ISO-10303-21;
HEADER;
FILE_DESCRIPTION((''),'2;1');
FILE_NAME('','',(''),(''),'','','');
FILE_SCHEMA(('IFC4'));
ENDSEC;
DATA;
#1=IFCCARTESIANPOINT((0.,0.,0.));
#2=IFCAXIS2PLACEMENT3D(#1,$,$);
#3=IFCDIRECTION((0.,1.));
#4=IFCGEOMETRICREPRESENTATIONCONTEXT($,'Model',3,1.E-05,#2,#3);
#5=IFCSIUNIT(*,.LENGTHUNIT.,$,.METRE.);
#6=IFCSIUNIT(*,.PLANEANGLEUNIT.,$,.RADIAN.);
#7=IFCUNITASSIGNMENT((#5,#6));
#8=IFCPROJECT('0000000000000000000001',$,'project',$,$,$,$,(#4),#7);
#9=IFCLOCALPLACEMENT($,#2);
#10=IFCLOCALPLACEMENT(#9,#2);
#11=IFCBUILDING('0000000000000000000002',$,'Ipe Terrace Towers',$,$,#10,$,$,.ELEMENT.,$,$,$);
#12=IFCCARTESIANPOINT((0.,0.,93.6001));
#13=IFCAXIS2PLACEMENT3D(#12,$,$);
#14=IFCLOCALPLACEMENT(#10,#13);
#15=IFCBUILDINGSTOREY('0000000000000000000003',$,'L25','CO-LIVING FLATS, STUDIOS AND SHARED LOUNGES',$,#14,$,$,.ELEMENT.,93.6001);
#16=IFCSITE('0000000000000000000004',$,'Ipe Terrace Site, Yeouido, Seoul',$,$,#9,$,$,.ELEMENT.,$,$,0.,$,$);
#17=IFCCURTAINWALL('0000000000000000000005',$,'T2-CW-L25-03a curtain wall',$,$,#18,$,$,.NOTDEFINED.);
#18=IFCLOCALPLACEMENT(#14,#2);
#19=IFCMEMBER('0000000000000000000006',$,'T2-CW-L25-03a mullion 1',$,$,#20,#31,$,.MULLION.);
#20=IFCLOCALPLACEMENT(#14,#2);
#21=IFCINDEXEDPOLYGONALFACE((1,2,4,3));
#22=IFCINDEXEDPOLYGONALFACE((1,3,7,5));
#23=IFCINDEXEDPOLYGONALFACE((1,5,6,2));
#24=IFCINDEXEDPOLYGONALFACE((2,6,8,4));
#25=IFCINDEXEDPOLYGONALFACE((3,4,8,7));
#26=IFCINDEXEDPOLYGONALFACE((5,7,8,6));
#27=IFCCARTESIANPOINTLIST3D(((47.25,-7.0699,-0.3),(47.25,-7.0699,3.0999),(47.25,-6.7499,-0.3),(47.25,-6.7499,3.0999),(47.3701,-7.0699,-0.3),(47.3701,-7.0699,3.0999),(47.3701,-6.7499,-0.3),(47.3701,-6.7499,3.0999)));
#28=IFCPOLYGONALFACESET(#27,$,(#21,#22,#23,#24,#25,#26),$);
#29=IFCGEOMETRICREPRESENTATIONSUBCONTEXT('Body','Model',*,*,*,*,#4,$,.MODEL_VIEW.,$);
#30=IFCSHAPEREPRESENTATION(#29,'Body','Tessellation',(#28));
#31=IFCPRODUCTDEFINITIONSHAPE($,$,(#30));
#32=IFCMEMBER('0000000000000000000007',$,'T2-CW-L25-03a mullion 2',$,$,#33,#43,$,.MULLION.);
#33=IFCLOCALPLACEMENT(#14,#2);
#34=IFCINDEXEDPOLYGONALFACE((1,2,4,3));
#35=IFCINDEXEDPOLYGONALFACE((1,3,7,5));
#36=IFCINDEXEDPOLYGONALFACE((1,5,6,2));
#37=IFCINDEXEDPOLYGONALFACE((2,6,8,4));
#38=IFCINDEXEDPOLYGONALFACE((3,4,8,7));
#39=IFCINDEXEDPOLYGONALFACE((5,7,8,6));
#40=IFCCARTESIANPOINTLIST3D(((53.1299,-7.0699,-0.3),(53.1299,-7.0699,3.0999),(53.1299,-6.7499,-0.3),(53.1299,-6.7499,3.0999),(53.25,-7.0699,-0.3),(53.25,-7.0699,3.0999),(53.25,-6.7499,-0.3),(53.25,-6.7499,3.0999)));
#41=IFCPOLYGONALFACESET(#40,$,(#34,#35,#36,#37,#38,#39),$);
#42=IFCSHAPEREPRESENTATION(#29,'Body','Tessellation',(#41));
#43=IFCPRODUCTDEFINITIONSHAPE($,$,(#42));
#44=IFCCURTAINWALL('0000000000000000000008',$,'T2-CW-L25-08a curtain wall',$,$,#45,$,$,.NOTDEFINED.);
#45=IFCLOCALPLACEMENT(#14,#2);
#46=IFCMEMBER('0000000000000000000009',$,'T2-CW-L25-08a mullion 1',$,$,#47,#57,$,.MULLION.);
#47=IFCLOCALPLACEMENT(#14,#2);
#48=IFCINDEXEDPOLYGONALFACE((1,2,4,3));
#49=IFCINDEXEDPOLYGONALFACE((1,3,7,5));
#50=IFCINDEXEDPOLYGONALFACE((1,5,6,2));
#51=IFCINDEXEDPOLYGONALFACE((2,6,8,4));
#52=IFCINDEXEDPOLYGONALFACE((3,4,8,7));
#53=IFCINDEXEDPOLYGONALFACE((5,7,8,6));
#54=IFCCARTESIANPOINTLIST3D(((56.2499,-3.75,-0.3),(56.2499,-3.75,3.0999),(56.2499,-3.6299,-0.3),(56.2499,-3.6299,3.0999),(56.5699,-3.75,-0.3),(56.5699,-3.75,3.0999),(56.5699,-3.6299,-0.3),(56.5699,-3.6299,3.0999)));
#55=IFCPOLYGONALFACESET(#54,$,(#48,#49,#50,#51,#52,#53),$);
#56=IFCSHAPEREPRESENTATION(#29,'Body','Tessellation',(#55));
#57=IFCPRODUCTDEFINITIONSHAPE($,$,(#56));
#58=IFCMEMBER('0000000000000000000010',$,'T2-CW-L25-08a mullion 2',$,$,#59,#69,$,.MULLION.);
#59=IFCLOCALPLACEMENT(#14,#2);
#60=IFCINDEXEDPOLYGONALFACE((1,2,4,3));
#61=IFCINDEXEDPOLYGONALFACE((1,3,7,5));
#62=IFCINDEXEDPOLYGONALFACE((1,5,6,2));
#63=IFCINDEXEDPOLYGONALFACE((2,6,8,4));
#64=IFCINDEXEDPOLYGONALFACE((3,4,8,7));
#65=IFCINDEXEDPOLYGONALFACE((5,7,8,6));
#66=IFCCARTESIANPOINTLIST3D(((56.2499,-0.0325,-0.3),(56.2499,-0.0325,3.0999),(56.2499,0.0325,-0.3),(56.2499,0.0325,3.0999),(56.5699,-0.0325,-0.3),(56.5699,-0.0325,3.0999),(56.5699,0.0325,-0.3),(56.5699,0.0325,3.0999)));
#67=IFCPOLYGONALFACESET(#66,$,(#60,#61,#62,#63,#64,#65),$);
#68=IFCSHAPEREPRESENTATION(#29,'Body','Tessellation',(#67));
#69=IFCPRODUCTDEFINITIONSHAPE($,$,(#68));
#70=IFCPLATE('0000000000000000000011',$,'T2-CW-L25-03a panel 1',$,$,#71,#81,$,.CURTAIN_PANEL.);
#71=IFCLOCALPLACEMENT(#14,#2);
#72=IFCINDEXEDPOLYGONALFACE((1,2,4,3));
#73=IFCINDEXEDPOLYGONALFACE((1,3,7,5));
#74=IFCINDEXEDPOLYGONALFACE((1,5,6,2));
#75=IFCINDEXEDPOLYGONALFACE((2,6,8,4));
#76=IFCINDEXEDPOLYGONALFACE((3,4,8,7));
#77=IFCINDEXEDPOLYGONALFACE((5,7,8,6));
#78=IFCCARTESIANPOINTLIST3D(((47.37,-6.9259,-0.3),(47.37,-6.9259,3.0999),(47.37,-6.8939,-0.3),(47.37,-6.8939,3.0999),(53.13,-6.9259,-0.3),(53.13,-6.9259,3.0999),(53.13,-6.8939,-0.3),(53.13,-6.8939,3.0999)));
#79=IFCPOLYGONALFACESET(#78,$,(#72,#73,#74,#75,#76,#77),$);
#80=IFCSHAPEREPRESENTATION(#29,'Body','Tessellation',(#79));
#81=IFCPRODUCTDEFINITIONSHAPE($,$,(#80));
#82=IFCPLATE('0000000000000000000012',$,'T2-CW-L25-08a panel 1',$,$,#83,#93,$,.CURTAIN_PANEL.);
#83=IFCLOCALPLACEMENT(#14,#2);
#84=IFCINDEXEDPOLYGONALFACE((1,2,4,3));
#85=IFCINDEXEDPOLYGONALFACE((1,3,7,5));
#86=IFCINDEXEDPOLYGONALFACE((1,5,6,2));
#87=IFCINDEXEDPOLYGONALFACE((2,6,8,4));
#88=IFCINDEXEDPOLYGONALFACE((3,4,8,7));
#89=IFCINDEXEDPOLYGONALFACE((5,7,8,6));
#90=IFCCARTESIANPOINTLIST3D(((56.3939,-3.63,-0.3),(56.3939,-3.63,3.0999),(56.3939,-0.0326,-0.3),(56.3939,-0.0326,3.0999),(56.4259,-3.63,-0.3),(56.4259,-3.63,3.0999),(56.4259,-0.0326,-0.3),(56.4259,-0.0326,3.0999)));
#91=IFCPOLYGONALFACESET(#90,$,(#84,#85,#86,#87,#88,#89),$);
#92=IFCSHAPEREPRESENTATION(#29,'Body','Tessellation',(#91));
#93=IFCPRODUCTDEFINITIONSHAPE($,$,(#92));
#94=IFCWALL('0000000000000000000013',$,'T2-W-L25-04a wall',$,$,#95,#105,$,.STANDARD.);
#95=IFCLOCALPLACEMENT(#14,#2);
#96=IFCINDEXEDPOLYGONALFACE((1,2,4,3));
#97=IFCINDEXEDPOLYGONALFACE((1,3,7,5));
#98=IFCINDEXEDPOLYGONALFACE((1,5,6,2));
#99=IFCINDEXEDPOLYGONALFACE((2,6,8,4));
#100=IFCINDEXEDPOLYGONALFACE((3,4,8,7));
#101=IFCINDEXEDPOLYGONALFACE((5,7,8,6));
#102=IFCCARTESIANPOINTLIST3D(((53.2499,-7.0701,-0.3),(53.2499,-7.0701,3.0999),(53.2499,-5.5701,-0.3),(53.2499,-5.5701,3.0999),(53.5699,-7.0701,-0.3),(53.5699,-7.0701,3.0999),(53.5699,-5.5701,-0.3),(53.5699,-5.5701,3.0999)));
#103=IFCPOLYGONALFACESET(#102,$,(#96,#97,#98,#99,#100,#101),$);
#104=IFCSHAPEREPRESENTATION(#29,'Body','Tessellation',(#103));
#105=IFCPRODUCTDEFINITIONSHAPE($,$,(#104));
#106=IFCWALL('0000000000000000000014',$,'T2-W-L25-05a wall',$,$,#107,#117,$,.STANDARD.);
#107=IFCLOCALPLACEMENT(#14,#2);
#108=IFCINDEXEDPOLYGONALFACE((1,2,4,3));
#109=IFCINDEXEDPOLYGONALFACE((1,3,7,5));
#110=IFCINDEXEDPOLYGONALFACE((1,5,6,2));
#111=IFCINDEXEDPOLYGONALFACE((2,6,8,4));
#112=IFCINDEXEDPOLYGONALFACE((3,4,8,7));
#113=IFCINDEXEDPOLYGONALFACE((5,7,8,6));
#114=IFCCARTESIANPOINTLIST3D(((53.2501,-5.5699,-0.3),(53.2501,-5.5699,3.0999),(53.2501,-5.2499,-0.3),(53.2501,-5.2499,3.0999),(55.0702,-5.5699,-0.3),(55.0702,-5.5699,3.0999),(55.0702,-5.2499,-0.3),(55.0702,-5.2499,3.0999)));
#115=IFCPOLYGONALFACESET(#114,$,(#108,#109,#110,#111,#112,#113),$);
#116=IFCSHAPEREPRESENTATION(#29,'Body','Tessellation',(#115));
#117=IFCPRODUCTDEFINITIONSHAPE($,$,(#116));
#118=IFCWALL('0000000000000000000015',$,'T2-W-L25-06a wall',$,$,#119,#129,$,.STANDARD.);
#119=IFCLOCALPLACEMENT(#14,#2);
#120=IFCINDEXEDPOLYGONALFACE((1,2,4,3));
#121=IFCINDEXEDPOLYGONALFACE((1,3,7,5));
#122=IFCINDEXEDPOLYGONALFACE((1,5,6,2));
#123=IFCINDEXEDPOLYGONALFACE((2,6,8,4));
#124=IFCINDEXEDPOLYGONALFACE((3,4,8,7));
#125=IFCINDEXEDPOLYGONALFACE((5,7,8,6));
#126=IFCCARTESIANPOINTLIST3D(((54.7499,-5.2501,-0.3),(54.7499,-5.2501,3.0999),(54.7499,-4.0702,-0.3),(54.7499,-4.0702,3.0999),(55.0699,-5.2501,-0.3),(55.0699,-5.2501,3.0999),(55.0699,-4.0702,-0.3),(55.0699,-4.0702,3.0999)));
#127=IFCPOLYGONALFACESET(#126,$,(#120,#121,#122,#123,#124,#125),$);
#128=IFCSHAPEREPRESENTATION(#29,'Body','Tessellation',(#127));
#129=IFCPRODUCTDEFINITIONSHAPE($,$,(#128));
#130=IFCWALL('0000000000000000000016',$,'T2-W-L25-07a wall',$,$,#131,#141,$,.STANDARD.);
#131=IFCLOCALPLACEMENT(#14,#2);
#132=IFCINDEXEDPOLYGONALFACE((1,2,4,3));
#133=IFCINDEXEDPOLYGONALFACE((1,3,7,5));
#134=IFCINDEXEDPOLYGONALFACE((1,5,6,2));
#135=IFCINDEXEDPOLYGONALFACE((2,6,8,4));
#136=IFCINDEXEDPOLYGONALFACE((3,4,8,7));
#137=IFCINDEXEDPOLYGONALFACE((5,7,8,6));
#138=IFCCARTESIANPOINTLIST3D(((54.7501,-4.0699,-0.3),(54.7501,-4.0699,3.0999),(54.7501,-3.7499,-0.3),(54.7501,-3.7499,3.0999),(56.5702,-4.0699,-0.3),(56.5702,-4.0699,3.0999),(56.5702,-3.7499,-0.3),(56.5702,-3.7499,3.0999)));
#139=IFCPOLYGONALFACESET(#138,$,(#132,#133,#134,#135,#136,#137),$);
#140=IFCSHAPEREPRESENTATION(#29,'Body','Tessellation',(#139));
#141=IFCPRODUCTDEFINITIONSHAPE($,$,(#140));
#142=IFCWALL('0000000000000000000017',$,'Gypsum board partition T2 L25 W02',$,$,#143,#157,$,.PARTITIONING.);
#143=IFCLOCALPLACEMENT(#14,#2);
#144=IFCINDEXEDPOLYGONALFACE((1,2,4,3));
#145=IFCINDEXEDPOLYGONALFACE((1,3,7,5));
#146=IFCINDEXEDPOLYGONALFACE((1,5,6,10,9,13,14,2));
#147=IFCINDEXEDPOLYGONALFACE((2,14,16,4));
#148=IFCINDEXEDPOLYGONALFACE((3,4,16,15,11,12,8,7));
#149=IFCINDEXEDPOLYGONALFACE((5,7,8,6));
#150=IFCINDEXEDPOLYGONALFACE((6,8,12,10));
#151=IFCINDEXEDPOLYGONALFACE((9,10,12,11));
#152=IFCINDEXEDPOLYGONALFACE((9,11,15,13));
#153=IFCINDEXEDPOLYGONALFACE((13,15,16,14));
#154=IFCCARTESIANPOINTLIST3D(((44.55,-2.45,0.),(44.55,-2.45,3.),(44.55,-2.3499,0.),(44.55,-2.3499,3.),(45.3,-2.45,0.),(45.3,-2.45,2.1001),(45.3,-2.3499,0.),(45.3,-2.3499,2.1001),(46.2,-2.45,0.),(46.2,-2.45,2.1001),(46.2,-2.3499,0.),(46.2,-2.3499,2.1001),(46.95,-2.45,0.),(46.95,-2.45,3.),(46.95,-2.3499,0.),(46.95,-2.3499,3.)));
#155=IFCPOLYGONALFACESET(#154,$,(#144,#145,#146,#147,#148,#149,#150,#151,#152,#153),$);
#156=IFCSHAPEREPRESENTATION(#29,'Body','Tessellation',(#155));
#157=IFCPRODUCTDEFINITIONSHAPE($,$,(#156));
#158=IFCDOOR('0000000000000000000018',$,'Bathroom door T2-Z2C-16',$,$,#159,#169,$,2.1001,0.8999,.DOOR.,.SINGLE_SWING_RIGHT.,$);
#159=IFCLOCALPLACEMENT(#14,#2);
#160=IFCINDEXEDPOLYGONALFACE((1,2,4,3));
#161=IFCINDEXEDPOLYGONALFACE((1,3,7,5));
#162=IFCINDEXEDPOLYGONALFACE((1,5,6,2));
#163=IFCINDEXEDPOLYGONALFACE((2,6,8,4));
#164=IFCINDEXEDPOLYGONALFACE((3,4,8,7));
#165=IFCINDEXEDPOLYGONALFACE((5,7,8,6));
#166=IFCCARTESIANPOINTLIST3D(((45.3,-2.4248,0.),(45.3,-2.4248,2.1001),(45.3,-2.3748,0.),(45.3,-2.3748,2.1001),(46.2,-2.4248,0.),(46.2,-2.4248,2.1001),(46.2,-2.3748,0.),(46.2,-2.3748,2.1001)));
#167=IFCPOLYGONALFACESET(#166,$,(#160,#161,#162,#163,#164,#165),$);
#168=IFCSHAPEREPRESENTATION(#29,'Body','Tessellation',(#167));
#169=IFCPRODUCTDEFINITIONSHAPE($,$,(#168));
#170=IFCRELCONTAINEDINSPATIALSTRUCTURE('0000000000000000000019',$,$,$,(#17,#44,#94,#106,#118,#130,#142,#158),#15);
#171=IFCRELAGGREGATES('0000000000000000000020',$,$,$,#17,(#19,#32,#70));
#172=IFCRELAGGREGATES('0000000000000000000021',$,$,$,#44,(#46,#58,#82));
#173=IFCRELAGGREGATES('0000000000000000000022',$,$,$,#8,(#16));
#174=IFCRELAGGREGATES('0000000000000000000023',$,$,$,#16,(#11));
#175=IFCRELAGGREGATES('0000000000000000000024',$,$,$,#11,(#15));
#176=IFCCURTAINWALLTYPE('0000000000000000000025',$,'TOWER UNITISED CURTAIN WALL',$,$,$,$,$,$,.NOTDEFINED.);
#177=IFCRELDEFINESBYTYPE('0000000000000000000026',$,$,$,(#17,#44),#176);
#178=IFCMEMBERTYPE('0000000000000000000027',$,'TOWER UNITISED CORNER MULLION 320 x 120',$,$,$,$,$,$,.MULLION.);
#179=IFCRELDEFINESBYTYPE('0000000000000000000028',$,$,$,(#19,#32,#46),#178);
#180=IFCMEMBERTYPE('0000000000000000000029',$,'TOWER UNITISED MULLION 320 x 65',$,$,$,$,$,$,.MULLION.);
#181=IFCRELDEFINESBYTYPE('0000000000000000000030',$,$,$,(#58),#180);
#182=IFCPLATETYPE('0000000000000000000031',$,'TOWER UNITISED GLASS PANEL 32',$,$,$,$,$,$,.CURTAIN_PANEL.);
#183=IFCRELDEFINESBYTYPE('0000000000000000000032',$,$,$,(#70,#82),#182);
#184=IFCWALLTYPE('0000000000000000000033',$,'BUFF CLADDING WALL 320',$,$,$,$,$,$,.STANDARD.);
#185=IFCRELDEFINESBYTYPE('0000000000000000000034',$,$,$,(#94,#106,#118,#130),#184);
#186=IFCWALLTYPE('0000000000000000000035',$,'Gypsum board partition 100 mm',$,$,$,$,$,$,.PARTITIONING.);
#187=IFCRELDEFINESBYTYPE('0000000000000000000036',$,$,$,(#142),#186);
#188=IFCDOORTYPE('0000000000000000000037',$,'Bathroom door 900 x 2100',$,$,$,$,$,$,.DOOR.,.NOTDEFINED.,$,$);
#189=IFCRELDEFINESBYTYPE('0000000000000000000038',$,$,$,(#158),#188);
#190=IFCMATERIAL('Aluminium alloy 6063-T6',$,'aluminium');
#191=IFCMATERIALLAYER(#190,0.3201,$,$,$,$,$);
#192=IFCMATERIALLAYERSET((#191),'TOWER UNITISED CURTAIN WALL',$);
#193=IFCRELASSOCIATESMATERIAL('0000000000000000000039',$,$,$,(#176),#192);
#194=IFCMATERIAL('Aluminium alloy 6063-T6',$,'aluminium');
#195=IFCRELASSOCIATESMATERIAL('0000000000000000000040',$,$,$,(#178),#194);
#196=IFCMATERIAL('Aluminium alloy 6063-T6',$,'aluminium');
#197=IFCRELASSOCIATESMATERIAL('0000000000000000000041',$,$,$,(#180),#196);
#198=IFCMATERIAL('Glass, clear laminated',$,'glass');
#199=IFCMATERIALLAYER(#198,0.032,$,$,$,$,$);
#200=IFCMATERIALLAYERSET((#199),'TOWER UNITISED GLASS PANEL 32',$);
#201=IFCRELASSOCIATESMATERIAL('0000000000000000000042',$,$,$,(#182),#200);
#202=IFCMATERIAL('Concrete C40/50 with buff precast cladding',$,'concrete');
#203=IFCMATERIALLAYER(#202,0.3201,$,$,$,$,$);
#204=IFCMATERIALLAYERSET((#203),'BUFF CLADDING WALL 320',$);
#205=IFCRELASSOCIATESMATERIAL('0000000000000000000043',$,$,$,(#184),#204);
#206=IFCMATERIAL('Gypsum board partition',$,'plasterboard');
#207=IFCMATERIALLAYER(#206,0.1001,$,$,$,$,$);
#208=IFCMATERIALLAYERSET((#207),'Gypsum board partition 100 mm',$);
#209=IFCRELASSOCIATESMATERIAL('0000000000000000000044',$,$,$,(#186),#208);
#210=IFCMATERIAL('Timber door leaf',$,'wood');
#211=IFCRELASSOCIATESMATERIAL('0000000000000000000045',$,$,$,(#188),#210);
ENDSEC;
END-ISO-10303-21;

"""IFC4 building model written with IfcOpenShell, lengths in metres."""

from ifc_helpers import new_model, si_unit, direction, frame, frame_2d, origin, origin_2d, place, context, subcontext, project, spatial, rectangle, extrude, material, layer, layer_set, material_profile, profile_set, type_object, element, fill, aggregate, save


model = new_model("IFC4")

# Units and contexts
model_context = context("Model", 3, precision=1e-05, world=origin(), true_north=direction((0.0, 1.0)))
body_context = subcontext(model_context, "Body", "Model", "MODEL_VIEW")
ifc_project = project(units=[si_unit("LENGTHUNIT", "METRE"), si_unit("PLANEANGLEUNIT", "RADIAN")], contexts=[model_context])

# Site, building, storey
site_placement = place(None, origin())
site = spatial("IfcSite", under=ifc_project, at=site_placement, Name="Ipe Terrace Site, Yeouido, Seoul", CompositionType="ELEMENT", RefElevation=0.0)
building_placement = place(site_placement, origin())
building = spatial("IfcBuilding", under=site, at=building_placement, Name="Ipe Terrace Towers", CompositionType="ELEMENT")
storey_placement = place(building_placement, frame((0.0, 0.0, 93.6001)))
storey = spatial("IfcBuildingStorey", under=building, at=storey_placement, Name="L25", Description="CO-LIVING FLATS, STUDIOS AND SHARED LOUNGES", CompositionType="ELEMENT", Elevation=93.6001)

# Shared definitions
ifc_material_1 = material(Name="Aluminium alloy 6063-T6", Category="aluminium")
ifc_layer_1 = layer(ifc_material_1, 0.3201)
ifc_layer_set_1 = layer_set([ifc_layer_1], Name="TOWER UNITISED CURTAIN WALL")
curtain_wall_type = type_object("IfcCurtainWallType", Name="TOWER UNITISED CURTAIN WALL", PredefinedType="NOTDEFINED", material=ifc_layer_set_1)
ifc_material_2 = material(Name="Aluminium alloy 6063-T6", Category="aluminium")
ifc_material_profile_1 = material_profile(ifc_material_2, rectangle(XDim=0.3201, YDim=0.1201, at=origin_2d()), Name="TOWER UNITISED CORNER MULLION 320 x 120")
ifc_profile_set_1 = profile_set([ifc_material_profile_1], Name="Aluminium alloy 6063-T6")
member_type_1 = type_object("IfcMemberType", Name="TOWER UNITISED CORNER MULLION 320 x 120", PredefinedType="MULLION", material=ifc_profile_set_1)

# Curtain walls, members
curtain_wall_1_placement = place(storey_placement, origin())
curtain_wall_1 = element("IfcCurtainWall", 1, at=curtain_wall_1_placement, inside=storey, type_object=curtain_wall_type, Name="T2-CW-L25-03a curtain wall", PredefinedType="NOTDEFINED")
member_1_placement = place(storey_placement, frame((47.3101, -6.9099, -0.3), z_axis=(0.0, 0.0, 1.0), x_axis=(0.0, -1.0, 0.0)))
member_1 = element("IfcMember", 2, at=member_1_placement, type_object=member_type_1, Name="T2-CW-L25-03a mullion 1", PredefinedType="MULLION", context=body_context, shape_type="SweptSolid", body=[
    extrude(rectangle(XDim=0.3201, YDim=0.1201, at=origin_2d()), origin(), (0.0, 0.0, 1.0), 3.3999),
])
member_2_placement = place(storey_placement, frame((53.1899, -6.9099, -0.3), z_axis=(0.0, 0.0, 1.0), x_axis=(0.0, -1.0, 0.0)))
member_2 = element("IfcMember", 3, at=member_2_placement, type_object=member_type_1, Name="T2-CW-L25-03a mullion 2", PredefinedType="MULLION", context=body_context, shape_type="SweptSolid", body=[
    extrude(rectangle(XDim=0.3201, YDim=0.1201, at=origin_2d()), origin(), (0.0, 0.0, 1.0), 3.3999),
])
curtain_wall_2_placement = place(storey_placement, origin())
curtain_wall_2 = element("IfcCurtainWall", 4, at=curtain_wall_2_placement, inside=storey, type_object=curtain_wall_type, Name="T2-CW-L25-08a curtain wall", PredefinedType="NOTDEFINED")
member_3_placement = place(storey_placement, frame((56.4099, -3.6899, -0.3), z_axis=(0.0, 0.0, 1.0), x_axis=(1.0, 0.0, 0.0)))
member_3 = element("IfcMember", 5, at=member_3_placement, type_object=member_type_1, Name="T2-CW-L25-08a mullion 1", PredefinedType="MULLION", context=body_context, shape_type="SweptSolid", body=[
    extrude(rectangle(XDim=0.3201, YDim=0.1201, at=origin_2d()), origin(), (0.0, 0.0, 1.0), 3.3999),
])
ifc_material_3 = material(Name="Aluminium alloy 6063-T6", Category="aluminium")
ifc_material_profile_2 = material_profile(ifc_material_3, rectangle(XDim=0.3201, YDim=0.0649, at=origin_2d()), Name="TOWER UNITISED MULLION 320 x 65")
ifc_profile_set_2 = profile_set([ifc_material_profile_2], Name="Aluminium alloy 6063-T6")
member_type_2 = type_object("IfcMemberType", Name="TOWER UNITISED MULLION 320 x 65", PredefinedType="MULLION", material=ifc_profile_set_2)
member_4_placement = place(storey_placement, frame((56.4099, 0.0, -0.3), z_axis=(0.0, 0.0, 1.0), x_axis=(1.0, 0.0, 0.0)))
member_4 = element("IfcMember", 6, at=member_4_placement, type_object=member_type_2, Name="T2-CW-L25-08a mullion 2", PredefinedType="MULLION", context=body_context, shape_type="SweptSolid", body=[
    extrude(rectangle(XDim=0.3201, YDim=0.0649, at=origin_2d()), origin(), (0.0, 0.0, 1.0), 3.3999),
])

# Plates
ifc_material_4 = material(Name="Glass, clear laminated", Category="glass")
ifc_layer_2 = layer(ifc_material_4, 0.032)
ifc_layer_set_2 = layer_set([ifc_layer_2], Name="TOWER UNITISED GLASS PANEL 32")
plate_type = type_object("IfcPlateType", Name="TOWER UNITISED GLASS PANEL 32", PredefinedType="CURTAIN_PANEL", material=ifc_layer_set_2)
plate_1_placement = place(storey_placement, frame((50.25, -6.9099, -0.3), z_axis=(0.0, 0.0, 1.0), x_axis=(1.0, 0.0, 0.0)))
plate_1 = element("IfcPlate", 7, at=plate_1_placement, type_object=plate_type, Name="T2-CW-L25-03a panel 1", PredefinedType="CURTAIN_PANEL", context=body_context, shape_type="SweptSolid", body=[
    extrude(rectangle(XDim=5.76, YDim=0.032, at=origin_2d()), origin(), (0.0, 0.0, 1.0), 3.3999),
])
aggregate(curtain_wall_1, [member_1, member_2, plate_1])
plate_2_placement = place(storey_placement, frame((56.4099, -1.8313, -0.3), z_axis=(0.0, 0.0, 1.0), x_axis=(0.0, 1.0, 0.0)))
plate_2 = element("IfcPlate", 8, at=plate_2_placement, type_object=plate_type, Name="T2-CW-L25-08a panel 1", PredefinedType="CURTAIN_PANEL", context=body_context, shape_type="SweptSolid", body=[
    extrude(rectangle(XDim=3.5974, YDim=0.032, at=origin_2d()), origin(), (0.0, 0.0, 1.0), 3.3999),
])
aggregate(curtain_wall_2, [member_3, member_4, plate_2])

# Walls
ifc_material_5 = material(Name="Concrete C40/50 with buff precast cladding", Category="concrete")
ifc_layer_3 = layer(ifc_material_5, 0.3201)
ifc_layer_set_3 = layer_set([ifc_layer_3], Name="BUFF CLADDING WALL 320")
wall_type_1 = type_object("IfcWallType", Name="BUFF CLADDING WALL 320", PredefinedType="STANDARD", material=ifc_layer_set_3)
wall_1_placement = place(storey_placement, frame((53.4099, -7.0701, -0.3), z_axis=(0.0, 0.0, 1.0), x_axis=(0.0, 1.0, 0.0)))
element("IfcWall", 9, at=wall_1_placement, inside=storey, type_object=wall_type_1, Name="T2-W-L25-04a wall", PredefinedType="STANDARD", context=body_context, shape_type="SweptSolid", body=[
    extrude(rectangle(XDim=1.5, YDim=0.3201, at=frame_2d((0.75, 0.0))), origin(), (0.0, 0.0, 1.0), 3.3999),
])
wall_2_placement = place(storey_placement, frame((53.25, -5.4099, -0.3), z_axis=(0.0, 0.0, 1.0), x_axis=(1.0, 0.0, 0.0)))
element("IfcWall", 10, at=wall_2_placement, inside=storey, type_object=wall_type_1, Name="T2-W-L25-05a wall", PredefinedType="STANDARD", context=body_context, shape_type="SweptSolid", body=[
    extrude(rectangle(XDim=1.8201, YDim=0.3201, at=frame_2d((0.9102, 0.0))), origin(), (0.0, 0.0, 1.0), 3.3999),
])
wall_3_placement = place(storey_placement, frame((54.9099, -5.25, -0.3), z_axis=(0.0, 0.0, 1.0), x_axis=(0.0, 1.0, 0.0)))
element("IfcWall", 11, at=wall_3_placement, inside=storey, type_object=wall_type_1, Name="T2-W-L25-06a wall", PredefinedType="STANDARD", context=body_context, shape_type="SweptSolid", body=[
    extrude(rectangle(XDim=1.1799, YDim=0.3201, at=frame_2d((0.5898, 0.0))), origin(), (0.0, 0.0, 1.0), 3.3999),
])
wall_4_placement = place(storey_placement, frame((54.75, -3.9099, -0.3), z_axis=(0.0, 0.0, 1.0), x_axis=(1.0, 0.0, 0.0)))
element("IfcWall", 12, at=wall_4_placement, inside=storey, type_object=wall_type_1, Name="T2-W-L25-07a wall", PredefinedType="STANDARD", context=body_context, shape_type="SweptSolid", body=[
    extrude(rectangle(XDim=1.8201, YDim=0.3201, at=frame_2d((0.9102, 0.0))), origin(), (0.0, 0.0, 1.0), 3.3999),
])

# Wall, opening, door
ifc_material_6 = material(Name="Gypsum board partition", Category="plasterboard")
ifc_layer_4 = layer(ifc_material_6, 0.1001)
ifc_layer_set_4 = layer_set([ifc_layer_4], Name="Gypsum board partition 100 mm")
wall_type_2 = type_object("IfcWallType", Name="Gypsum board partition 100 mm", PredefinedType="PARTITIONING", material=ifc_layer_set_4)
wall_5_placement = place(storey_placement, frame((46.95, -2.3999, 0.0), z_axis=(0.0, 0.0, 1.0), x_axis=(-1.0, 0.0, 0.0)))
wall_5 = element("IfcWall", 13, at=wall_5_placement, inside=storey, type_object=wall_type_2, Name="Gypsum board partition T2 L25 W02", PredefinedType="PARTITIONING", context=body_context, shape_type="SweptSolid", body=[
    extrude(rectangle(XDim=2.3999, YDim=0.1001, at=frame_2d((1.2, 0.0))), origin(), (0.0, 0.0, 1.0), 3.0),
])
opening_1_placement = place(wall_5_placement, frame((0.75, 0.0, 0.0)))
opening_1 = element("IfcOpeningElement", 14, at=opening_1_placement, cuts=wall_5, PredefinedType="OPENING", context=body_context, shape_type="SweptSolid", body=[
    extrude(rectangle(XDim=0.8999, YDim=2.1001, at=frame_2d((0.45, 1.05))), frame((0.0, 0.0601, 0.0), z_axis=(0.0, -1.0, 0.0), x_axis=(1.0, 0.0, 0.0)), (0.0, 0.0, 1.0), 0.1201),
])
ifc_material_7 = material(Name="Timber door leaf", Category="wood")
door_type_1 = type_object("IfcDoorType", Name="Bathroom door 900 x 2100", OperationType="NOTDEFINED", PredefinedType="DOOR", material=ifc_material_7)
door_1_placement = place(opening_1_placement, origin())
door_1 = element("IfcDoor", 15, at=door_1_placement, inside=storey, type_object=door_type_1, Name="Bathroom door T2-Z2C-16", OperationType="SINGLE_SWING_RIGHT", OverallHeight=2.1001, OverallWidth=0.8999, PredefinedType="DOOR", context=body_context, shape_type="SweptSolid", body=[
    extrude(rectangle(XDim=0.8999, YDim=2.1001, at=frame_2d((0.45, 1.05))), frame((0.0, 0.0249, 0.0), z_axis=(0.0, -1.0, 0.0), x_axis=(1.0, 0.0, 0.0)), (0.0, 0.0, 1.0), 0.05),
])
fill(opening_1, door_1)

save(model, "model.ifc")
